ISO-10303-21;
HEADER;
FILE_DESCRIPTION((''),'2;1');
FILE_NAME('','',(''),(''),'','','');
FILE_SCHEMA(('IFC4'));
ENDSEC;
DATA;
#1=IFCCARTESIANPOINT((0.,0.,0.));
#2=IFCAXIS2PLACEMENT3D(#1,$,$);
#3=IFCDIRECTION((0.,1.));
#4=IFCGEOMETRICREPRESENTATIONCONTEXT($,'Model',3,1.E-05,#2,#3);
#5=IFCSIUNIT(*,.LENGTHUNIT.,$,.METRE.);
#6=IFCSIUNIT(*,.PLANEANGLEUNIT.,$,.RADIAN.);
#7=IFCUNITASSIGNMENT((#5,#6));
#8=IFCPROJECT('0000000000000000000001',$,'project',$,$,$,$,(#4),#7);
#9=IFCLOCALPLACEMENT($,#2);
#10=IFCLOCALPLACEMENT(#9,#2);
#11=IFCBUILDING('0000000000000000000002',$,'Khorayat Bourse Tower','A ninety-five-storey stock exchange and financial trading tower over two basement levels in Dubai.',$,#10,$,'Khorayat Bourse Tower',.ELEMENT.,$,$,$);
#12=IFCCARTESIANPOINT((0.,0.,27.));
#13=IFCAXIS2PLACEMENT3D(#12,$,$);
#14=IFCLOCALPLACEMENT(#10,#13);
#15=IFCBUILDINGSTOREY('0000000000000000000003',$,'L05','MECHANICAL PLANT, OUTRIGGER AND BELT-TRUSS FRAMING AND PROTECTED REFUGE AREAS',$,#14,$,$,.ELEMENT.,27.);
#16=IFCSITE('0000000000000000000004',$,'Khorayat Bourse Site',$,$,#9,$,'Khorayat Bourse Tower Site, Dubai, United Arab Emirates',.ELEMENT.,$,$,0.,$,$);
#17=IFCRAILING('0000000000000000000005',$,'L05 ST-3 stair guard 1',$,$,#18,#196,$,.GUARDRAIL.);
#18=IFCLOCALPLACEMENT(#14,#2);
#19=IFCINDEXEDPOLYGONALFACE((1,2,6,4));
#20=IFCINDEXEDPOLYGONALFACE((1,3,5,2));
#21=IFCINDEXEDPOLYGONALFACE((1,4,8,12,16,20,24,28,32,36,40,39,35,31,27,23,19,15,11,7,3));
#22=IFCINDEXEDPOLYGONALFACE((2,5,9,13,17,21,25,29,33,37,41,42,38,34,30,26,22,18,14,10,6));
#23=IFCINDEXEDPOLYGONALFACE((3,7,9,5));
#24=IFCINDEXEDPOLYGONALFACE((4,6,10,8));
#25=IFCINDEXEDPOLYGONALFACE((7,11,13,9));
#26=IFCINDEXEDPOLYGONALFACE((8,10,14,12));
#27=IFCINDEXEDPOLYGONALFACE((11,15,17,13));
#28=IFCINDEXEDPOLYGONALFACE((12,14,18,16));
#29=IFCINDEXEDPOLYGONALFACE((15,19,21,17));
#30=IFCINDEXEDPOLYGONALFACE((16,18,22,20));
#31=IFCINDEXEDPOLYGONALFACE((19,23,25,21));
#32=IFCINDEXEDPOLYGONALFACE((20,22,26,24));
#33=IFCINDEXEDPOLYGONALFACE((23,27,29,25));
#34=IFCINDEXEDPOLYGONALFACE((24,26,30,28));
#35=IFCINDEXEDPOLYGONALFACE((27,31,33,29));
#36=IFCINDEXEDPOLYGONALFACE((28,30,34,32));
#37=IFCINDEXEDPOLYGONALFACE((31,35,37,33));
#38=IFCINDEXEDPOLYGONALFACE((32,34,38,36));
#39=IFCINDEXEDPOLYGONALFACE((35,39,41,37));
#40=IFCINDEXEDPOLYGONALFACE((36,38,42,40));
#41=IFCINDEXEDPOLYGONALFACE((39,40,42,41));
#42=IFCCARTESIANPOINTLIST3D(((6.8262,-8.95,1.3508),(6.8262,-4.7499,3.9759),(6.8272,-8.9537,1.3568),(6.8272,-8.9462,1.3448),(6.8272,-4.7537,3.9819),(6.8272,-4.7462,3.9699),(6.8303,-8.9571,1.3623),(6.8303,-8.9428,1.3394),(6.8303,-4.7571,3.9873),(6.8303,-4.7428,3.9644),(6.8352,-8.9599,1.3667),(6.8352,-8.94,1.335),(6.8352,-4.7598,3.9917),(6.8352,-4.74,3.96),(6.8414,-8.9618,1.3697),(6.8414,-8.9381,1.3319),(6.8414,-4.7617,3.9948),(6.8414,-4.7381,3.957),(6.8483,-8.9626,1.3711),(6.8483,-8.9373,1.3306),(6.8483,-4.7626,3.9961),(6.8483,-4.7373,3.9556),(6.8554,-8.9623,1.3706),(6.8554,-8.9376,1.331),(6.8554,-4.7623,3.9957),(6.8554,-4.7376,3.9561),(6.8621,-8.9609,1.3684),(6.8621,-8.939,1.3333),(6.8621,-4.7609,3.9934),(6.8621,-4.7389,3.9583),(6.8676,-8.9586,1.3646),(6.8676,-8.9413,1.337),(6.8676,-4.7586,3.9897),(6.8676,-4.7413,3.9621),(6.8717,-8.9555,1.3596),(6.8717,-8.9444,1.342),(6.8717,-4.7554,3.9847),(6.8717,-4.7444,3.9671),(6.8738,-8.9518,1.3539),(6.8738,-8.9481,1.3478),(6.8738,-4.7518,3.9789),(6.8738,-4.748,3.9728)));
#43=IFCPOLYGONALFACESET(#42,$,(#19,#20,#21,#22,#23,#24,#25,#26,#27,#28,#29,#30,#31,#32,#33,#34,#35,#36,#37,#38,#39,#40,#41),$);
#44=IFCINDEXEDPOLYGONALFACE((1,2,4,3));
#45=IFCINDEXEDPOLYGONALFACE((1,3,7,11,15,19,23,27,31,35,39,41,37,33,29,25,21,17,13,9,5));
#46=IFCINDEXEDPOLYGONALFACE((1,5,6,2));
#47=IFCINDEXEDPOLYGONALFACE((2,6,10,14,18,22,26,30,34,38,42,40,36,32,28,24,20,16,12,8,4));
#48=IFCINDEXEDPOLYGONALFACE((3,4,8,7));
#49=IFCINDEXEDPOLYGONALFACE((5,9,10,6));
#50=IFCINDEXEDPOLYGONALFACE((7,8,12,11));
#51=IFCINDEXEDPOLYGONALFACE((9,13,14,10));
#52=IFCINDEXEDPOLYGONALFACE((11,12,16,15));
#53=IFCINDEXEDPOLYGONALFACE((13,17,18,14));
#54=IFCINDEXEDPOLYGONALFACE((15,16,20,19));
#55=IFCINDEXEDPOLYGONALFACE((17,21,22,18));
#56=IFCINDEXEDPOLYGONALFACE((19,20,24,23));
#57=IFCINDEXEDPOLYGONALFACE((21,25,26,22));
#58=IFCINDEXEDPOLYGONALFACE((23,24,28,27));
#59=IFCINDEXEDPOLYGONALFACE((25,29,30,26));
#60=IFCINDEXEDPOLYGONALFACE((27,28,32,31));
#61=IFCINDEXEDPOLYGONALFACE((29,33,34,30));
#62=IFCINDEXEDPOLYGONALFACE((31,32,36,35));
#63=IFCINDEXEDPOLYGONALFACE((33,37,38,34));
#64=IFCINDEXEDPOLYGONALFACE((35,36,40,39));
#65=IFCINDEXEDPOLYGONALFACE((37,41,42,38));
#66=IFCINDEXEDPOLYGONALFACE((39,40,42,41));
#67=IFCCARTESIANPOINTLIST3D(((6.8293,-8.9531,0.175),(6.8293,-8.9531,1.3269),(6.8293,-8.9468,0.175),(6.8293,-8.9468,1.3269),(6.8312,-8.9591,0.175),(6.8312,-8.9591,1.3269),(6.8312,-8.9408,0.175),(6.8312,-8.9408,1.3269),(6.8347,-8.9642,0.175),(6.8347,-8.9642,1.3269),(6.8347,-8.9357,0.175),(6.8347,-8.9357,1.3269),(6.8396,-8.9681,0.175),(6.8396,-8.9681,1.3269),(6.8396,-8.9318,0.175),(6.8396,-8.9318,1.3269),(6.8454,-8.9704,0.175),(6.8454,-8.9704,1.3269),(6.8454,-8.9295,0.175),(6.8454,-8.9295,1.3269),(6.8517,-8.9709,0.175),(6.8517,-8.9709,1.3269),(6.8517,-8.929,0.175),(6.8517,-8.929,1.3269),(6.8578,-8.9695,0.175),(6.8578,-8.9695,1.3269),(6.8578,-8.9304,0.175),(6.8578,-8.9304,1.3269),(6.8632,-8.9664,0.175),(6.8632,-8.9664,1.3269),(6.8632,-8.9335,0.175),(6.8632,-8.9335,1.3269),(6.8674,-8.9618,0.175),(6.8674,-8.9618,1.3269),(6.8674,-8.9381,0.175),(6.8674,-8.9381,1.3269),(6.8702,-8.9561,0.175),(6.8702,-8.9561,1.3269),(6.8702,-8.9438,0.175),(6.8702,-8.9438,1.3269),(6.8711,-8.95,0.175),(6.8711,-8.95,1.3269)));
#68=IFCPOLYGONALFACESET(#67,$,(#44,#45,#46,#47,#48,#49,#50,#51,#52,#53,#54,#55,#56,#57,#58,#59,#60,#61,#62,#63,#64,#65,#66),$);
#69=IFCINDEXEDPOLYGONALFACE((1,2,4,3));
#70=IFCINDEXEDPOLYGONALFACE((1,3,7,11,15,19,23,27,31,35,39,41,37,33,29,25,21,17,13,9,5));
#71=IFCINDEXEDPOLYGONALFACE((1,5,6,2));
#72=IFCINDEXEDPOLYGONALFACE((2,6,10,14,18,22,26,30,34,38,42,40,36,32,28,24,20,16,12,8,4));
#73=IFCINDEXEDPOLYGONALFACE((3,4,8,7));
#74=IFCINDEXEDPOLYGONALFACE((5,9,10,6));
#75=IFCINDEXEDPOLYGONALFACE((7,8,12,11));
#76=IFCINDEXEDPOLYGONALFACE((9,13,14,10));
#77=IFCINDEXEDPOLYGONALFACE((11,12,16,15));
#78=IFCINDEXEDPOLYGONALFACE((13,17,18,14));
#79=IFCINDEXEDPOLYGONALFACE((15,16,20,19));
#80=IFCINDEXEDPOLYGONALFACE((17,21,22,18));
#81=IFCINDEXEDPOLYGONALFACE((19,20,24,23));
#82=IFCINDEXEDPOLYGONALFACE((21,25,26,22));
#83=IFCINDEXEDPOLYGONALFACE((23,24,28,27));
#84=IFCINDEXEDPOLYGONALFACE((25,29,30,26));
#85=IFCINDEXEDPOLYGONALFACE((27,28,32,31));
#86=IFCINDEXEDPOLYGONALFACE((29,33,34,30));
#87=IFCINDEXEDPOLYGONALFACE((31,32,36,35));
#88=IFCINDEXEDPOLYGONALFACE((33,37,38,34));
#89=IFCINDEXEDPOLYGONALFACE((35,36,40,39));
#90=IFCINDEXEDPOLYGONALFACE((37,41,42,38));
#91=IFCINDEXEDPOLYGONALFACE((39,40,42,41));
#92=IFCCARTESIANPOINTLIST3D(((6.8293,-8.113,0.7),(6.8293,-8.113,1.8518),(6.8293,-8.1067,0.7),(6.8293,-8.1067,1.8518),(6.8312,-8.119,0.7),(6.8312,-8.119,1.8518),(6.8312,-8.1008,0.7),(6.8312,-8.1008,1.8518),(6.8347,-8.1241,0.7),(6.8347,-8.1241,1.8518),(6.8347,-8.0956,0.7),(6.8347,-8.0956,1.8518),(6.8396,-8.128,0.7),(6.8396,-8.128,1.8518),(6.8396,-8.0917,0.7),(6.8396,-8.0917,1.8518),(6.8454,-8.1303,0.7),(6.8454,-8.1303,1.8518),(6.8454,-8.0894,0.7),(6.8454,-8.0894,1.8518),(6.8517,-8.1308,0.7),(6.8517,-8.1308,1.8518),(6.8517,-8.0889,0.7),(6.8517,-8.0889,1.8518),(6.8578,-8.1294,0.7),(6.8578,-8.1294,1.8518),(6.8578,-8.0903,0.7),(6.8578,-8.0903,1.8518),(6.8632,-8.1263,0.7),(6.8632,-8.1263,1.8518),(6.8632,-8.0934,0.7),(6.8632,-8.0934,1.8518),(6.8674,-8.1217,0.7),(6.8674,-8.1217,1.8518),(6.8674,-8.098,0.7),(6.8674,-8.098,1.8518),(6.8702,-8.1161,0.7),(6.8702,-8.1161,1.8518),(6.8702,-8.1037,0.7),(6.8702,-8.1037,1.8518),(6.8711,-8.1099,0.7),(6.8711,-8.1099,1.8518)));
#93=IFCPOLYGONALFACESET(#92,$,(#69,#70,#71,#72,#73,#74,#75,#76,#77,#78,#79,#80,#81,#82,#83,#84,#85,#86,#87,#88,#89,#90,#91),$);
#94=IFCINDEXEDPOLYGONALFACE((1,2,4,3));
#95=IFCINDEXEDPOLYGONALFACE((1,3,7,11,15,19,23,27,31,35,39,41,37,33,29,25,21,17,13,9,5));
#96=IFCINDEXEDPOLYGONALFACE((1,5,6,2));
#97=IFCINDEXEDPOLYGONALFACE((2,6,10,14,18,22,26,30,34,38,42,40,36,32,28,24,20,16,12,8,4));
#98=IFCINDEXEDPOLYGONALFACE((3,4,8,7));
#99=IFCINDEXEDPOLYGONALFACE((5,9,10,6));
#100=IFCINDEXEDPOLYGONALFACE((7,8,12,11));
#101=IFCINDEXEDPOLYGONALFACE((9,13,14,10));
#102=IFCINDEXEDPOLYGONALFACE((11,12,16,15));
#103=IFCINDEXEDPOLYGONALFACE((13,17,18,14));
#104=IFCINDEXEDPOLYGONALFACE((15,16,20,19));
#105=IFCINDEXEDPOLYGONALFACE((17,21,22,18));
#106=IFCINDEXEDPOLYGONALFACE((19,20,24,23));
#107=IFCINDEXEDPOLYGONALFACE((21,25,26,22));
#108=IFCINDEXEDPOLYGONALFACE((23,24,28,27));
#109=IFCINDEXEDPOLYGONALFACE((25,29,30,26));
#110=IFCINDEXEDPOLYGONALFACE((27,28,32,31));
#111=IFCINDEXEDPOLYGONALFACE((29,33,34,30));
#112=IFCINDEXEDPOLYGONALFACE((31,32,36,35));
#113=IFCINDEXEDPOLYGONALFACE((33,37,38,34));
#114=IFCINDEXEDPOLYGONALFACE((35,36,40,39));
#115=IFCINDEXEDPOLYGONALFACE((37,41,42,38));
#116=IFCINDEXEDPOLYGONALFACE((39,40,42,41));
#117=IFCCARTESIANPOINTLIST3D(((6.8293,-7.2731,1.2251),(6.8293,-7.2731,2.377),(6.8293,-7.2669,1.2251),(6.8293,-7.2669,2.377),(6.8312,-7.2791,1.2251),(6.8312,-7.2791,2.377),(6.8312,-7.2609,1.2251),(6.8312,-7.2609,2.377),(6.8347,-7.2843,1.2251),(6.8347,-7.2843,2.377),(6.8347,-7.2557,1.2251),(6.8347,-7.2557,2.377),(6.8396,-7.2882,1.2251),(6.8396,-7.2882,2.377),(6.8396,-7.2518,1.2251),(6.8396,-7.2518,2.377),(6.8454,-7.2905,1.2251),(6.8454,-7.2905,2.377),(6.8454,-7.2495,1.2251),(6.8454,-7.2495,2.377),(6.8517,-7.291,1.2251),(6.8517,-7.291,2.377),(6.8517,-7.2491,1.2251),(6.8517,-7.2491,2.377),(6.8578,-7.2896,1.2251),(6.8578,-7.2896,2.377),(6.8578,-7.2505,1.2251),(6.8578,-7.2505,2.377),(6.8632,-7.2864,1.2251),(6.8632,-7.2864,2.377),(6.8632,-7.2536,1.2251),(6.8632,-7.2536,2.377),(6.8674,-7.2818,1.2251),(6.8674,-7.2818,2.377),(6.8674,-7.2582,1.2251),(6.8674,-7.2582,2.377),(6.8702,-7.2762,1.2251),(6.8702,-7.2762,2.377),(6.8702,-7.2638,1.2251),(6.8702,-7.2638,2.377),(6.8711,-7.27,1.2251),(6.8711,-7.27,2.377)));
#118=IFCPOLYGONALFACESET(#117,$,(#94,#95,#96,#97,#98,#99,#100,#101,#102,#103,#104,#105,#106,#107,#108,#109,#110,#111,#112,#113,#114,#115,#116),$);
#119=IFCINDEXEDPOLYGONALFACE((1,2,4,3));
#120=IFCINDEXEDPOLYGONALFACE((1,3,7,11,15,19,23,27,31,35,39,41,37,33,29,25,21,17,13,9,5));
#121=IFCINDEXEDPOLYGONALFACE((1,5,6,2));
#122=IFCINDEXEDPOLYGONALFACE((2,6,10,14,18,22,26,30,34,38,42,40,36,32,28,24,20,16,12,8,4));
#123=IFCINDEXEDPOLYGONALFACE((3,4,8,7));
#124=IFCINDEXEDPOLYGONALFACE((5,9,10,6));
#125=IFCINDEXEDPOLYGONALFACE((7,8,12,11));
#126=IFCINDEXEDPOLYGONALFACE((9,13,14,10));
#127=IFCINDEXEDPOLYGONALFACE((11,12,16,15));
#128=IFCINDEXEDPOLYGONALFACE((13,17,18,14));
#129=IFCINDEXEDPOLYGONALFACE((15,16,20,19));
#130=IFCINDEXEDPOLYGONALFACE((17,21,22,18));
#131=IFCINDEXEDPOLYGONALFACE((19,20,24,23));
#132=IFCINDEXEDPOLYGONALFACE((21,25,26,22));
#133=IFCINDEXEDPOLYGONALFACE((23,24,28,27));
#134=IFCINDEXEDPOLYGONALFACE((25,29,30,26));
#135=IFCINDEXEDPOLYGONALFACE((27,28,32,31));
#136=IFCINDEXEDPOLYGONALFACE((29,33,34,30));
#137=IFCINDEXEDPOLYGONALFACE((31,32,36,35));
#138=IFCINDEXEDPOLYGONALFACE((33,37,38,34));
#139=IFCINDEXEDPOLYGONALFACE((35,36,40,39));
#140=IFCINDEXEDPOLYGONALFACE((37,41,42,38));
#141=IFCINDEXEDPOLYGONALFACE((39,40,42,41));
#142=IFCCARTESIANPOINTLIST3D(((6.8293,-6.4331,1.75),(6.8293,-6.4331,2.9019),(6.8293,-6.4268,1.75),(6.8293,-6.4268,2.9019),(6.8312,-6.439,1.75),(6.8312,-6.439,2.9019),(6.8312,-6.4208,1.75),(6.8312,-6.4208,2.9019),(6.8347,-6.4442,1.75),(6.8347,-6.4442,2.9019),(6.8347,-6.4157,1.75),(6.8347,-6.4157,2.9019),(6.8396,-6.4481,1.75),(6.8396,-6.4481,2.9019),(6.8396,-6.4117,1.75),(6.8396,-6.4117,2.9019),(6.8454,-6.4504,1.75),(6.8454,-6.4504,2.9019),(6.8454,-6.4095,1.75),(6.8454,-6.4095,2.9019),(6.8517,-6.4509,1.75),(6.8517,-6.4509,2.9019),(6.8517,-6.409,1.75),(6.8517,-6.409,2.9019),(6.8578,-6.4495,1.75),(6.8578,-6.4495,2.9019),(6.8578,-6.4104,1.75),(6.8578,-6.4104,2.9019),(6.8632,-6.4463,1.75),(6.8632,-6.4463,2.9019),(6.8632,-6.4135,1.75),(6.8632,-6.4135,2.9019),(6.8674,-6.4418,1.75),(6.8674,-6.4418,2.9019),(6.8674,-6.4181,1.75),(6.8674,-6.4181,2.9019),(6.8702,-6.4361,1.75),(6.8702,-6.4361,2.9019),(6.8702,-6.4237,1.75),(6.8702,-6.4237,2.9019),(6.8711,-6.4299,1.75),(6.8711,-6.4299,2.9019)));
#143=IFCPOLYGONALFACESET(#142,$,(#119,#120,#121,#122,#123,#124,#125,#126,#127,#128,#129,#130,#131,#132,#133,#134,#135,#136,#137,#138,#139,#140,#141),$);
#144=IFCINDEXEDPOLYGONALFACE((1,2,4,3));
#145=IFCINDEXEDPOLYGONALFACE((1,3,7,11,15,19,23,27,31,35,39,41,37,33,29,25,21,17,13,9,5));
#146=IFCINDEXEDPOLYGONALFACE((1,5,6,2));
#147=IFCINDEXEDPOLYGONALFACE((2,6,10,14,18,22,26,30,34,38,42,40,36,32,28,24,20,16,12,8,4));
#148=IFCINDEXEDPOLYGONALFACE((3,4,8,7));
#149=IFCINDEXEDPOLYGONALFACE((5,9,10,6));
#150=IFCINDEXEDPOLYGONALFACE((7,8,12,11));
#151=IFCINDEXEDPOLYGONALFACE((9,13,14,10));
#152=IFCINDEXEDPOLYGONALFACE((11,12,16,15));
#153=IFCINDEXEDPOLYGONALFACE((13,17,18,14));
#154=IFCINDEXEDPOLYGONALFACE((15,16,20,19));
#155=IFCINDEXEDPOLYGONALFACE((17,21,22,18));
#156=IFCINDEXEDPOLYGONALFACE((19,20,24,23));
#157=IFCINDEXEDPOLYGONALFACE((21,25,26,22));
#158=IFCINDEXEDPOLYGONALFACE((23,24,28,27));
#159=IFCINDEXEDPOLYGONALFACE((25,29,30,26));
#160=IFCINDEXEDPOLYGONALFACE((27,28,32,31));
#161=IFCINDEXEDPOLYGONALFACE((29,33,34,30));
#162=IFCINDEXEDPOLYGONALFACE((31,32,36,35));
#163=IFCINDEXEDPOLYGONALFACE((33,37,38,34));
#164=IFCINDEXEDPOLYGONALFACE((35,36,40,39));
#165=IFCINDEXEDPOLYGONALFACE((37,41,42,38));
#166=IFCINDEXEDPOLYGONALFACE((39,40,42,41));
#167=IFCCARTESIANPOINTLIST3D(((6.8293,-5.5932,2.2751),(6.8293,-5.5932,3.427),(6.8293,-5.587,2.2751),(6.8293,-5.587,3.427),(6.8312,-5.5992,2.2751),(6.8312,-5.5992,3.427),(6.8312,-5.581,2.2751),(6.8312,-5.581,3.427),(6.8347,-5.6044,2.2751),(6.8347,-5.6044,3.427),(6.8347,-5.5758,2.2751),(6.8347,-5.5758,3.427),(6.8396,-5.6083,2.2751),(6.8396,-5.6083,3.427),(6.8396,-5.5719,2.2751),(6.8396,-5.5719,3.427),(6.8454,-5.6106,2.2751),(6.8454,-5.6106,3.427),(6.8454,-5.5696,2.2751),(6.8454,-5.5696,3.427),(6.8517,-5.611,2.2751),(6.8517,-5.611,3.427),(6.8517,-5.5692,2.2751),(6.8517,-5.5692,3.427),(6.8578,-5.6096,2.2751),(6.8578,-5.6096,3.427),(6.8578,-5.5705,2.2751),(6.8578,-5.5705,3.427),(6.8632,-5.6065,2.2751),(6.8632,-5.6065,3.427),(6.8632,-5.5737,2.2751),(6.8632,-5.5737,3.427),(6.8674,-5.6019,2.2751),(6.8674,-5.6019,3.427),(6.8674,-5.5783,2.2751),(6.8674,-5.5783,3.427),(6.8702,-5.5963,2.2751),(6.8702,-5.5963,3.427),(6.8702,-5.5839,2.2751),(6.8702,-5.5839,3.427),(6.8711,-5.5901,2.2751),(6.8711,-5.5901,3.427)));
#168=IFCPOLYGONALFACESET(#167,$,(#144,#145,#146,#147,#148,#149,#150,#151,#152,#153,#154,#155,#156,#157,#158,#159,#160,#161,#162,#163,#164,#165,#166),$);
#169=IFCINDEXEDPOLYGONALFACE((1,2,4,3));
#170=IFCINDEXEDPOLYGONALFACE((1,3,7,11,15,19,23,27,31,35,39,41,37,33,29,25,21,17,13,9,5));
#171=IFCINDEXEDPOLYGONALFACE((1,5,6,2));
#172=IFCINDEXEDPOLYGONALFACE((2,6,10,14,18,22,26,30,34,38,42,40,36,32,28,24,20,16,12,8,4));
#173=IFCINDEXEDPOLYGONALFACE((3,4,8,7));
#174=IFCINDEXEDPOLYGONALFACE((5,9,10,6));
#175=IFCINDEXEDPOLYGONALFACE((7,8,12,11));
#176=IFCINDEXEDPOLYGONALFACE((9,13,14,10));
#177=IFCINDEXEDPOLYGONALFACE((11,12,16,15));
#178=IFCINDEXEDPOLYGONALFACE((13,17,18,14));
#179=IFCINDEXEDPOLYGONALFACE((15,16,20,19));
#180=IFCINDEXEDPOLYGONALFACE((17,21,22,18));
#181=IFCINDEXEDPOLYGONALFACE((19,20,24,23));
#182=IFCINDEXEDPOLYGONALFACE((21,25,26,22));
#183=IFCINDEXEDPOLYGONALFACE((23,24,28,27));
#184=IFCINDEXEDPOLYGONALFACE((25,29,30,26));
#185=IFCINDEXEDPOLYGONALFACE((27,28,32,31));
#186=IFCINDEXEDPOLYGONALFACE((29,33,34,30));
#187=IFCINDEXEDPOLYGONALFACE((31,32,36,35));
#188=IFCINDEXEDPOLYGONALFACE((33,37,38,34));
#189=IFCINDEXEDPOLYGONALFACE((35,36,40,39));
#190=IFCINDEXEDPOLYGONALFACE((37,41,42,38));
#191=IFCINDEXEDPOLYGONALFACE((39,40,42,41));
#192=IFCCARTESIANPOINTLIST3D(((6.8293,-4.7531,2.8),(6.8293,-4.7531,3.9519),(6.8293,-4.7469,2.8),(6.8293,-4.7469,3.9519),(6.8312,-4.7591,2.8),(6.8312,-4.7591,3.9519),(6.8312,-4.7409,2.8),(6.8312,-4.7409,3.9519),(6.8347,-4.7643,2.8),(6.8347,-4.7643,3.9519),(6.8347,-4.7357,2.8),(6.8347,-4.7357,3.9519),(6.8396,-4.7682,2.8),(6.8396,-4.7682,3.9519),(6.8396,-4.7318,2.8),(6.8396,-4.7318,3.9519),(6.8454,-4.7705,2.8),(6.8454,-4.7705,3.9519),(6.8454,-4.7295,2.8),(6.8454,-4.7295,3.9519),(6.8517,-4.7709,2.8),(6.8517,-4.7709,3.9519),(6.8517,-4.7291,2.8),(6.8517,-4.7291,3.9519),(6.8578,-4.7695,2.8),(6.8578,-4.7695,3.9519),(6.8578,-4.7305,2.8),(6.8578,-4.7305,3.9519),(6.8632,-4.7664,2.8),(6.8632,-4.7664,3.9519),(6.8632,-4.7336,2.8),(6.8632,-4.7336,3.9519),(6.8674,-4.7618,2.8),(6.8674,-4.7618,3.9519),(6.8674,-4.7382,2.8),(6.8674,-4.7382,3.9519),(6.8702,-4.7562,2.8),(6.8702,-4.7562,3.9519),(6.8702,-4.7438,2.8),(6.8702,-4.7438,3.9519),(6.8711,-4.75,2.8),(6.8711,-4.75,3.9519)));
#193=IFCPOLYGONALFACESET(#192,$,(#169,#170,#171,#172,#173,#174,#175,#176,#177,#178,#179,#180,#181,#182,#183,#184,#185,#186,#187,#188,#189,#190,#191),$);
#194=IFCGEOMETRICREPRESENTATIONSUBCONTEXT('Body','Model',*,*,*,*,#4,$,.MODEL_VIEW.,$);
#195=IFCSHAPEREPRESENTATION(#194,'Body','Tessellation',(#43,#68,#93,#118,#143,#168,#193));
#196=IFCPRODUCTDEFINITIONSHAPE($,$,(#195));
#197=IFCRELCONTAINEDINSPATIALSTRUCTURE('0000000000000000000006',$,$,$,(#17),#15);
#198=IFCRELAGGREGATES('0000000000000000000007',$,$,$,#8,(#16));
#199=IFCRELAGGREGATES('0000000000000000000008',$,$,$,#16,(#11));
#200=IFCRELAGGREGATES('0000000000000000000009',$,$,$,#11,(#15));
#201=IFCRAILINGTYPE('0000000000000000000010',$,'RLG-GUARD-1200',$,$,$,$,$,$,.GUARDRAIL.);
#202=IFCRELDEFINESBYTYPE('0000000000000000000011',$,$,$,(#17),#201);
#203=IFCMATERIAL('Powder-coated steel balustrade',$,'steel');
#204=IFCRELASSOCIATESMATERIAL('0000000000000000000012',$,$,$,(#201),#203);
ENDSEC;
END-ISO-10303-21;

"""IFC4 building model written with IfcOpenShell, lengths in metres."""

from ifc_helpers import new_model, si_unit, direction, frame, origin, origin_2d, place, context, subcontext, project, spatial, circle, extrude, source, transform, mapped, material, type_object, element, save


model = new_model("IFC4")

# Units and contexts
model_context = context("Model", 3, precision=1e-05, world=origin(), true_north=direction((0.0, 1.0)))
body_context = subcontext(model_context, "Body", "Model", "MODEL_VIEW")
ifc_project = project(units=[si_unit("LENGTHUNIT", "METRE"), si_unit("PLANEANGLEUNIT", "RADIAN")], contexts=[model_context])

# Site, building, storey
site_placement = place(None, origin())
site = spatial("IfcSite", under=ifc_project, at=site_placement, Name="Khorayat Bourse Site", LongName="Khorayat Bourse Tower Site, Dubai, United Arab Emirates", CompositionType="ELEMENT", RefElevation=0.0)
building_placement = place(site_placement, origin())
building = spatial("IfcBuilding", under=site, at=building_placement, Name="Khorayat Bourse Tower", Description="A ninety-five-storey stock exchange and financial trading tower over two basement levels in Dubai.", LongName="Khorayat Bourse Tower", CompositionType="ELEMENT")
storey_placement = place(building_placement, frame((0.0, 0.0, 27.0)))
storey = spatial("IfcBuildingStorey", under=building, at=storey_placement, Name="L05", Description="MECHANICAL PLANT, OUTRIGGER AND BELT-TRUSS FRAMING AND PROTECTED REFUGE AREAS", CompositionType="ELEMENT", Elevation=27.0)

# Railing
ifc_material_1 = material(Name="Powder-coated steel balustrade", Category="steel")
railing_type_1 = type_object("IfcRailingType", Name="RLG-GUARD-1200", PredefinedType="GUARDRAIL", material=ifc_material_1)
shared_shape_1 = source(origin(), body_context, "Body", "SweptSolid", [
    extrude(circle(Radius=0.0239, at=origin_2d()), frame((0.0, 0.0, 1.1758), z_axis=(0.0, 0.847996, 0.530003), x_axis=(-1.0, 0.0, 0.0)), (0.0, 0.0, 1.0), 4.9529),
    extrude(circle(Radius=0.021, at=origin_2d()), origin(), (0.0, 0.0, 1.0), 1.1519),
    extrude(circle(Radius=0.021, at=origin_2d()), frame((0.0, 0.8401, 0.5249)), (0.0, 0.0, 1.0), 1.1519),
    extrude(circle(Radius=0.021, at=origin_2d()), frame((0.0, 1.6799, 1.05)), (0.0, 0.0, 1.0), 1.1519),
    extrude(circle(Radius=0.021, at=origin_2d()), frame((0.0, 2.52, 1.575)), (0.0, 0.0, 1.0), 1.1519),
    extrude(circle(Radius=0.021, at=origin_2d()), frame((0.0, 3.3599, 2.1001)), (0.0, 0.0, 1.0), 1.1519),
    extrude(circle(Radius=0.021, at=origin_2d()), frame((0.0, 4.2, 2.625)), (0.0, 0.0, 1.0), 1.1519),
])
railing_1_placement = place(storey_placement, frame((6.8501, -8.95, 0.175)))
element("IfcRailing", 1, at=railing_1_placement, inside=storey, type_object=railing_type_1, Name="L05 ST-3 stair guard 1", PredefinedType="GUARDRAIL", context=body_context, shape_type="MappedRepresentation", body=[
    mapped(shared_shape_1, transform((0.0, 0.0, 0.0), scale=1.0)),
])

save(model, "model.ifc")
